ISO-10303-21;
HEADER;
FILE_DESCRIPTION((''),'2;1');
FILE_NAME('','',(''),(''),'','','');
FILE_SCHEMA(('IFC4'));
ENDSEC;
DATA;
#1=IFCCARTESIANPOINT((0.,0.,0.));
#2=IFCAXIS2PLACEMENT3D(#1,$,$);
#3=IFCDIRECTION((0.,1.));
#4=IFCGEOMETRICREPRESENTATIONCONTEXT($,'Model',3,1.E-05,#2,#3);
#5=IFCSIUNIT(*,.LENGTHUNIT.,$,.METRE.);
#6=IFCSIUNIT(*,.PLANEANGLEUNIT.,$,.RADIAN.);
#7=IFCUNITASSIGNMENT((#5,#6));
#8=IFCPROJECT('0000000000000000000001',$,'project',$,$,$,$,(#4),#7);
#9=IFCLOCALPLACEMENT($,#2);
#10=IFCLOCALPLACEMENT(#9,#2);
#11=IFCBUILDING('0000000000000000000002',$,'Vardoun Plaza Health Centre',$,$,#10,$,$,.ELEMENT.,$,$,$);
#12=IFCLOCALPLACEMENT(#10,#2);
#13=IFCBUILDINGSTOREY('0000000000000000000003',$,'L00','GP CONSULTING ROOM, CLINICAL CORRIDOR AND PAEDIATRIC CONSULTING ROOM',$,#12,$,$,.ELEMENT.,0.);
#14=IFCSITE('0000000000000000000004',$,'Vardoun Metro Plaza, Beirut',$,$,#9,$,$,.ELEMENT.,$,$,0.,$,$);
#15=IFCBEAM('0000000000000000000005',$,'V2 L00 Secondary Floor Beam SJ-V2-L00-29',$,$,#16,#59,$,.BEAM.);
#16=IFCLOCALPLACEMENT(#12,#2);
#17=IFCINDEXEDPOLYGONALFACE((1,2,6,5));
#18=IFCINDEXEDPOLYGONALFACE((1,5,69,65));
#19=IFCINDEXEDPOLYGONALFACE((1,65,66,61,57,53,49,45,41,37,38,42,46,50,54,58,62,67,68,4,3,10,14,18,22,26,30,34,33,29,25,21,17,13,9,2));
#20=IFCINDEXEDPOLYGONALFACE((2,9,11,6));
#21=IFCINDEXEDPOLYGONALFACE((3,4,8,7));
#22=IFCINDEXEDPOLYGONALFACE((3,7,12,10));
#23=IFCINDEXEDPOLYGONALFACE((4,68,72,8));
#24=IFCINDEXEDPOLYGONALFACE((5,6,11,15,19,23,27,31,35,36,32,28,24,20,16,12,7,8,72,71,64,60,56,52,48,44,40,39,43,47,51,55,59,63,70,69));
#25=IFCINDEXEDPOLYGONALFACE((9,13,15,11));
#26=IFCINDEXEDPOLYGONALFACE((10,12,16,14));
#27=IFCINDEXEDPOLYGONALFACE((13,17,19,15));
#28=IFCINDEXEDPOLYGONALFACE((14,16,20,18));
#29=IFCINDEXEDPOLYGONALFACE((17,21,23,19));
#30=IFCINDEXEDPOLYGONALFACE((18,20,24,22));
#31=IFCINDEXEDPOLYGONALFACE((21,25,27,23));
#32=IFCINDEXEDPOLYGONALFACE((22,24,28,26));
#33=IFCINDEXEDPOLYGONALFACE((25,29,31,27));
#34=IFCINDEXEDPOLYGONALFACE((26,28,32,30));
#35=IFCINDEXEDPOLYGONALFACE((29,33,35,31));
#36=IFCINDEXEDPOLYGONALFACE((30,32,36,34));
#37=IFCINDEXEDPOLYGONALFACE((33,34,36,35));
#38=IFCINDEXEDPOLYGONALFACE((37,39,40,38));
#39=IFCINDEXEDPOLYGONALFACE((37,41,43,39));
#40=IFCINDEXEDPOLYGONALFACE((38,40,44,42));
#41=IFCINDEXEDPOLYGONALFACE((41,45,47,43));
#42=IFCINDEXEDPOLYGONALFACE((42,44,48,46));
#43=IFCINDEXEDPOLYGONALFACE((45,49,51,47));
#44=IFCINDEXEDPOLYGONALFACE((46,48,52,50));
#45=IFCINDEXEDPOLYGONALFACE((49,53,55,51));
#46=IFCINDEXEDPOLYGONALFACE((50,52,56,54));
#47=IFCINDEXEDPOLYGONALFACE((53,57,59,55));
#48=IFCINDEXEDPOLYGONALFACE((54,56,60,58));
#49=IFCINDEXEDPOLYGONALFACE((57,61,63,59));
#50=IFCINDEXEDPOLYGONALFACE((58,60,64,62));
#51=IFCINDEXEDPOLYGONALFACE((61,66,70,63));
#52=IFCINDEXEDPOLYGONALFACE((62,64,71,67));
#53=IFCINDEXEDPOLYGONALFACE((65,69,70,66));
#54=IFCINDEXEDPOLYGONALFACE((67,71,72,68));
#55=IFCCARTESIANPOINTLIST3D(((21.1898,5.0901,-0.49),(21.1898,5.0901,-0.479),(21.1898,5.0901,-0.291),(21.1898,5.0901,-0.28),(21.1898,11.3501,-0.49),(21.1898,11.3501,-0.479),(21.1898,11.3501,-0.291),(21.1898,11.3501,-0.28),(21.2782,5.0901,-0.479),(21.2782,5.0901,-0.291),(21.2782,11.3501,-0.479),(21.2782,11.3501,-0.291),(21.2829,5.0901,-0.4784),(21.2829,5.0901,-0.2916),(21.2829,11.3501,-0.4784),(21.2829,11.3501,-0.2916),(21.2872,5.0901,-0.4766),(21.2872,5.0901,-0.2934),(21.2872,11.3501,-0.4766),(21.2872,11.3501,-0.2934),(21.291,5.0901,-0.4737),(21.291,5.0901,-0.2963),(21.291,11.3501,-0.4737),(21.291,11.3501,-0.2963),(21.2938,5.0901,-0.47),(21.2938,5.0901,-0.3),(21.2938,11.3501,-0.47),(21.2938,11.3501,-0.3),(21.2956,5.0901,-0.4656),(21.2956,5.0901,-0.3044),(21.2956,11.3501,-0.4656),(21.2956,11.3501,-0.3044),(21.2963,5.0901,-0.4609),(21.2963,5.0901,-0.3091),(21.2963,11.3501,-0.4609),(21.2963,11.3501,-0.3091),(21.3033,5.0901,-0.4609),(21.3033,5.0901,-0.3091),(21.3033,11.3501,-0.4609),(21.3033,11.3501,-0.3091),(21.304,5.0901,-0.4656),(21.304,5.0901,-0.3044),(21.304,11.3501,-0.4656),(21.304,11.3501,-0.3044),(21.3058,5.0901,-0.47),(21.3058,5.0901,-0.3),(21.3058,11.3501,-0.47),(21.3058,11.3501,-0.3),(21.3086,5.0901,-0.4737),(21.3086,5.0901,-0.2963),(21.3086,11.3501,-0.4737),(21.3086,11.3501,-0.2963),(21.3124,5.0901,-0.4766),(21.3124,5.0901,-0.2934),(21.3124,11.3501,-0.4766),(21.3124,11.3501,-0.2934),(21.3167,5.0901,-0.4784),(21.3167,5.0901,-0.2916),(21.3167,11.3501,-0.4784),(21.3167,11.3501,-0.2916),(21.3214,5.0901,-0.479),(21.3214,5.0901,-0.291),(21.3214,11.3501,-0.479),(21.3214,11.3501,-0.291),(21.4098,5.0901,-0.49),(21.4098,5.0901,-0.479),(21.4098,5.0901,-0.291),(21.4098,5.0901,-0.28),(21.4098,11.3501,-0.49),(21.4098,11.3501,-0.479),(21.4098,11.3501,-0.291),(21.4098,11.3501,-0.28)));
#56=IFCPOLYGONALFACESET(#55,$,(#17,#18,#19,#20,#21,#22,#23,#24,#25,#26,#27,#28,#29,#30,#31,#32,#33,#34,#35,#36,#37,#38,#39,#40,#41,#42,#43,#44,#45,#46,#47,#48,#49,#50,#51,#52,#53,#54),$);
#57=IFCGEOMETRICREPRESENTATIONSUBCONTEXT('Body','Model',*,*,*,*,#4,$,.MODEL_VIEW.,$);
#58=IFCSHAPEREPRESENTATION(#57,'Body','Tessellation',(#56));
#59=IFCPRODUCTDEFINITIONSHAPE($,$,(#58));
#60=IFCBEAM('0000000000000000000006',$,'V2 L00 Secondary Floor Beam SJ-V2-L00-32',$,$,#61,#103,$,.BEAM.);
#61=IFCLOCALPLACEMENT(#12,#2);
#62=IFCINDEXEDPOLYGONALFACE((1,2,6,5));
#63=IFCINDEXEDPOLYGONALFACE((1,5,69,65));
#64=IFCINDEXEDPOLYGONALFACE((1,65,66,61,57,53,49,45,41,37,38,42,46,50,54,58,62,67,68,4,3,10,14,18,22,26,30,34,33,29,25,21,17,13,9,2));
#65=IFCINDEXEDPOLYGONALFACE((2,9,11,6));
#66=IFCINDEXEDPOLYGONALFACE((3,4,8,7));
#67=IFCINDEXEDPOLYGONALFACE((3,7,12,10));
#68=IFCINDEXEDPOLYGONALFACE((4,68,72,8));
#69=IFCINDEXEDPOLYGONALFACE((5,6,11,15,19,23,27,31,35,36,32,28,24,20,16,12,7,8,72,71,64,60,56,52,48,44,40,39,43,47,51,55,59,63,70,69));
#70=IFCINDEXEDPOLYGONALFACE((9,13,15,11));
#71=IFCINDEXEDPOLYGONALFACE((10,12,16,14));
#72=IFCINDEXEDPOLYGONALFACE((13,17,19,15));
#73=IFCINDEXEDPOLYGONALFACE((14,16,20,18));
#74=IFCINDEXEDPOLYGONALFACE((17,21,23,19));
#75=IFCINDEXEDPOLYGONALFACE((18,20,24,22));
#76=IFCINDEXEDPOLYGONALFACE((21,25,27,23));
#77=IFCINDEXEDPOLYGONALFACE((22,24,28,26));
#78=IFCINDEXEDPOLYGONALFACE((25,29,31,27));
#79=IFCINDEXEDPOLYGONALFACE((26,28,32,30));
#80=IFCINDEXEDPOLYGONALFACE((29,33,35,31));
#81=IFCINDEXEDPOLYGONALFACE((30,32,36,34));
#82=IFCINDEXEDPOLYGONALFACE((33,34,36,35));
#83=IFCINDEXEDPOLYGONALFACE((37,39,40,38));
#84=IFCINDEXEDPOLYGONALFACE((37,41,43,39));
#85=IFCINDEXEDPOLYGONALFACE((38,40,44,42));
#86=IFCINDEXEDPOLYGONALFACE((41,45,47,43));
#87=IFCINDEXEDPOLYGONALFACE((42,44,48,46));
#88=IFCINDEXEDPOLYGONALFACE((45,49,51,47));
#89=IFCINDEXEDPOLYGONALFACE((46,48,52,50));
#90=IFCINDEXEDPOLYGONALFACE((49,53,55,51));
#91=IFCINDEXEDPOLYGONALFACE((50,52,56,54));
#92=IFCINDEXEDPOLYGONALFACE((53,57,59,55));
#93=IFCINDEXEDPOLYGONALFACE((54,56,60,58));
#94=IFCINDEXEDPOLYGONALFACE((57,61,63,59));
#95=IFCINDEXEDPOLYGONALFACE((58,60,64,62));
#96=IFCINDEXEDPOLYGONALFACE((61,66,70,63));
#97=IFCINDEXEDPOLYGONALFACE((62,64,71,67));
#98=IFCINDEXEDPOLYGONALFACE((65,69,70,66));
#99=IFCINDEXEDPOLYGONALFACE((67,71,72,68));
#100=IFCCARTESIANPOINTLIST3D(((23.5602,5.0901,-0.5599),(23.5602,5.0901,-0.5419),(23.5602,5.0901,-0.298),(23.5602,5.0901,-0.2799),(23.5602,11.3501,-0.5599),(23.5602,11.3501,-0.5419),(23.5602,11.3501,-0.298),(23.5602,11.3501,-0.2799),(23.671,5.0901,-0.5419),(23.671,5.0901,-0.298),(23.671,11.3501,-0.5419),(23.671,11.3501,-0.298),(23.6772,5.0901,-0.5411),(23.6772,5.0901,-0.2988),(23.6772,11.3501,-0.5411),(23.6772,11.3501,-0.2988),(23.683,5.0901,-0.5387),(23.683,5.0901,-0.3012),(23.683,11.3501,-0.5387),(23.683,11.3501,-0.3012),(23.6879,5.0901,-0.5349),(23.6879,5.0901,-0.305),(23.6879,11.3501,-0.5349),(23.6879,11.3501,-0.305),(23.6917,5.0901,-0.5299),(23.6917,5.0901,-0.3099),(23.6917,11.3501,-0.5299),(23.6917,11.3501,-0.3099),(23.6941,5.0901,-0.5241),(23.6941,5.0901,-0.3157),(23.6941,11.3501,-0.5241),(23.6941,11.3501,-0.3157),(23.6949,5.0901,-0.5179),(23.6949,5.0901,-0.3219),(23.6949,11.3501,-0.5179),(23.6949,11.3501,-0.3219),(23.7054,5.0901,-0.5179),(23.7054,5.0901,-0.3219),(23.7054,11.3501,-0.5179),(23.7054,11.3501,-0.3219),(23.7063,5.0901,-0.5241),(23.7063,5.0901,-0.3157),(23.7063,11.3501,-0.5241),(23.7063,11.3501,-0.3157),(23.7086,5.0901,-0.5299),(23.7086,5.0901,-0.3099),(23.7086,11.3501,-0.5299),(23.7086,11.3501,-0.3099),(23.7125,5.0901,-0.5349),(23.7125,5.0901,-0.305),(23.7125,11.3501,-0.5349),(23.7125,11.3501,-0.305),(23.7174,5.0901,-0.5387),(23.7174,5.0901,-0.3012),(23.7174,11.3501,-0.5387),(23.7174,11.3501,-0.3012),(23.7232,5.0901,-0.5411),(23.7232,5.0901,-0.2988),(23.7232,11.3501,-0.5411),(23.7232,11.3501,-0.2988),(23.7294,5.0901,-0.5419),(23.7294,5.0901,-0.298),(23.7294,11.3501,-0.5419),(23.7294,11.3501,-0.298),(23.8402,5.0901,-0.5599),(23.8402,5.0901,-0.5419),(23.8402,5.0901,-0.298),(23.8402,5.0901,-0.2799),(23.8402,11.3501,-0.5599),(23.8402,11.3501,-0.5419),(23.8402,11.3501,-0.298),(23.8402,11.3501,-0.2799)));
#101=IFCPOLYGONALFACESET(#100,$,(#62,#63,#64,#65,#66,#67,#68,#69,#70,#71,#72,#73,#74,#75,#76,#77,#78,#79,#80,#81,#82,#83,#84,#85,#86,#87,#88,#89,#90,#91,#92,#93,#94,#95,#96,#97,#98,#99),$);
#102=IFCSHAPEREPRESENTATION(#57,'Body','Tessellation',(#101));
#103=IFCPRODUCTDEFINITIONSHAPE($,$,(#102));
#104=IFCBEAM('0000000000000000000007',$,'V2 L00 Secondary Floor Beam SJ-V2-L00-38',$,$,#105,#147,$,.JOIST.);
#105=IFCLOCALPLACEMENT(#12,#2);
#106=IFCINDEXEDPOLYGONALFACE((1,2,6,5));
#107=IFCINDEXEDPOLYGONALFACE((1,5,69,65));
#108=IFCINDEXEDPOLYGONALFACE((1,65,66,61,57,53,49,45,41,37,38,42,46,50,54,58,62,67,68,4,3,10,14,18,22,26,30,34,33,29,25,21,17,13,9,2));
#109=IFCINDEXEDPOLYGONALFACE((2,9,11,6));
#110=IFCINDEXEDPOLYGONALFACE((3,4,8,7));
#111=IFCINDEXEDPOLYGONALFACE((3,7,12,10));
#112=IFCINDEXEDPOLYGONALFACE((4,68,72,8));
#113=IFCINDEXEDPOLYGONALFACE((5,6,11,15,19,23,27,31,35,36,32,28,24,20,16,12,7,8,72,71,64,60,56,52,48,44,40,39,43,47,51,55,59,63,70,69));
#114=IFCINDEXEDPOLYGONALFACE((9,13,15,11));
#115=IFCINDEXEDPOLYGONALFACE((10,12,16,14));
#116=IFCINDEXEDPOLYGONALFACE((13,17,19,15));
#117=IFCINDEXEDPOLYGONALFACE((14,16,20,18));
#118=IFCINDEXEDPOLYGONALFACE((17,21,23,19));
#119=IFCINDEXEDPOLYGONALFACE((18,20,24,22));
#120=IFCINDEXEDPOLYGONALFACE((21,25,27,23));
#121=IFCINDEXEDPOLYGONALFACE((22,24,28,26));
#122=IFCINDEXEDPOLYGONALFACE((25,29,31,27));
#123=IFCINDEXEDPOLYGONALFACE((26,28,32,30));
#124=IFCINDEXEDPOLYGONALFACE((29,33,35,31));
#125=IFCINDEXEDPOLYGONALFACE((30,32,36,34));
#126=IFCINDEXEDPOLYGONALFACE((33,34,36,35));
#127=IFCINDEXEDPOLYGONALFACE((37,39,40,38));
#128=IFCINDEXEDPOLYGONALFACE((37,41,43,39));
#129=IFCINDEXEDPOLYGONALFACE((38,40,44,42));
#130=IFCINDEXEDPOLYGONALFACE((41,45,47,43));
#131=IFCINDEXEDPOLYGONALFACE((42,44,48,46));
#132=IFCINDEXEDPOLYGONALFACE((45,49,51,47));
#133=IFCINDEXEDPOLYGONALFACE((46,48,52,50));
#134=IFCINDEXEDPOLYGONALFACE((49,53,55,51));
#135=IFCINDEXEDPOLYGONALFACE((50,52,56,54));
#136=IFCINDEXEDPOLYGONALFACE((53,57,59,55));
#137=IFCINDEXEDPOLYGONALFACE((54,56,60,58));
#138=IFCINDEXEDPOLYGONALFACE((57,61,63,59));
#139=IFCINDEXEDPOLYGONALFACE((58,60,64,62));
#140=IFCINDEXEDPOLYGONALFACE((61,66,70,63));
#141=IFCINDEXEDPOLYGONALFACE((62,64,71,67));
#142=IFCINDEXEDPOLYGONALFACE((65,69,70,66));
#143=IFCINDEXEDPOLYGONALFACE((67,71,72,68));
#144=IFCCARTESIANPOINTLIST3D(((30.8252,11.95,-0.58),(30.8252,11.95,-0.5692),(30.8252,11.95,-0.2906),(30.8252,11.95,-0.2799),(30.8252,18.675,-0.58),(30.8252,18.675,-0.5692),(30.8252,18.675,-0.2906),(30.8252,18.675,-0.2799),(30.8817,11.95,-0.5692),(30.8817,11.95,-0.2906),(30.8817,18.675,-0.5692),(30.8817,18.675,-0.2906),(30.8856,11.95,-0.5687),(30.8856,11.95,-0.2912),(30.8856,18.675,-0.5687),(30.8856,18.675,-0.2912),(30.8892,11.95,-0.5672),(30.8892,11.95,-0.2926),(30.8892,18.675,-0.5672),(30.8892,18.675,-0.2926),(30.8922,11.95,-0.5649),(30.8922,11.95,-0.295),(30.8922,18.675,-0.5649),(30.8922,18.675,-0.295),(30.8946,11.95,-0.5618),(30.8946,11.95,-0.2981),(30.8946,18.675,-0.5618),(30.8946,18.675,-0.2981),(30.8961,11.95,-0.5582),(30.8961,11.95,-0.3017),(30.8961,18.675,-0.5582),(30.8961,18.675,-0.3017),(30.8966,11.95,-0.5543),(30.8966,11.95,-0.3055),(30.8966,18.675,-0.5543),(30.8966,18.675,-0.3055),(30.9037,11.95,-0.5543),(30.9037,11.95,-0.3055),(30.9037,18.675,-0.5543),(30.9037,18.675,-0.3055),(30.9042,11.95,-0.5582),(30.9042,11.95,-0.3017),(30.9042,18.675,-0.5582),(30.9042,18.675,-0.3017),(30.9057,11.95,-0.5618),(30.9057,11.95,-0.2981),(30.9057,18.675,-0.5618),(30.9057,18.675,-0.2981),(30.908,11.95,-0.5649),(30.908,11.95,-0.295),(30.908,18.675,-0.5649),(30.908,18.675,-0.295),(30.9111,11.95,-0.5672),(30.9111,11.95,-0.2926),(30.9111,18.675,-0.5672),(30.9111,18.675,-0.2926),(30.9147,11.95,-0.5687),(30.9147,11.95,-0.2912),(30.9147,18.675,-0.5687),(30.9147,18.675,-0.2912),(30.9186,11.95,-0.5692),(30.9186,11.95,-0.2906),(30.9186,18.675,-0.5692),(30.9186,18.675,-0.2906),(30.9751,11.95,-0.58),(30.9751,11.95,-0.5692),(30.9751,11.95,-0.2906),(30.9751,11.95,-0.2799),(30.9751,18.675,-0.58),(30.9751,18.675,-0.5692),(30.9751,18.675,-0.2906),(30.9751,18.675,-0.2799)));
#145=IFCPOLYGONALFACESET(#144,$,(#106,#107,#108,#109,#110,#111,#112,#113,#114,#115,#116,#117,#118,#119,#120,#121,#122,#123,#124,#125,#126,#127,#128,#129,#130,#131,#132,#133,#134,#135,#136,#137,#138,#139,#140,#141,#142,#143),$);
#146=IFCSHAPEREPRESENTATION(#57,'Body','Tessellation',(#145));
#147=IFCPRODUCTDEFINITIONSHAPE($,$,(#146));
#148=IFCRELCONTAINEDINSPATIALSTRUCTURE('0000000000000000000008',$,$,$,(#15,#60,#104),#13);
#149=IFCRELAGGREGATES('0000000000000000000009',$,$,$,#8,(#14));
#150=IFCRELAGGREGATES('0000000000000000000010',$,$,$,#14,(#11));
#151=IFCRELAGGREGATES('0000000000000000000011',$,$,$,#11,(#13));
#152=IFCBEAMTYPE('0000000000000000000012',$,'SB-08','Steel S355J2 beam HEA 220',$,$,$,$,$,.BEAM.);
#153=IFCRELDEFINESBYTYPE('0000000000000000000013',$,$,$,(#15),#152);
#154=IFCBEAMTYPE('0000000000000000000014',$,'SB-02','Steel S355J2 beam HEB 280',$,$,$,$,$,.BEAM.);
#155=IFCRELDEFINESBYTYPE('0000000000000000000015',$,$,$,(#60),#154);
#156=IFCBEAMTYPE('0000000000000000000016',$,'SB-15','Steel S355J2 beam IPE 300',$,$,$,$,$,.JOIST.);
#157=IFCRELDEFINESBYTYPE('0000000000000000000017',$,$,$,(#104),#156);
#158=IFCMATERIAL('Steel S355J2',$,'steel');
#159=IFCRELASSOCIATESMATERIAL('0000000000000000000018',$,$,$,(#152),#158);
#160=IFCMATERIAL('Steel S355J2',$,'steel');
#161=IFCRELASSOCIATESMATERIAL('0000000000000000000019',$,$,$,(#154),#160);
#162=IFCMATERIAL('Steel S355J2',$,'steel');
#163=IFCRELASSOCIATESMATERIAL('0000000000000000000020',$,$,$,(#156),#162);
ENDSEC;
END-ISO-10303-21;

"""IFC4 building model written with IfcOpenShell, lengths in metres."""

from ifc_helpers import new_model, si_unit, direction, frame, origin, origin_2d, place, context, subcontext, project, spatial, i_section, extrude, material, material_profile, profile_set, type_object, element, save


model = new_model("IFC4")

# Units and contexts
model_context = context("Model", 3, precision=1e-05, world=origin(), true_north=direction((0.0, 1.0)))
body_context = subcontext(model_context, "Body", "Model", "MODEL_VIEW")
ifc_project = project(units=[si_unit("LENGTHUNIT", "METRE"), si_unit("PLANEANGLEUNIT", "RADIAN")], contexts=[model_context])

# Site, building, storey
site_placement = place(None, origin())
site = spatial("IfcSite", under=ifc_project, at=site_placement, Name="Vardoun Metro Plaza, Beirut", CompositionType="ELEMENT", RefElevation=0.0)
building_placement = place(site_placement, origin())
building = spatial("IfcBuilding", under=site, at=building_placement, Name="Vardoun Plaza Health Centre", CompositionType="ELEMENT")
storey_placement = place(building_placement, origin())
storey = spatial("IfcBuildingStorey", under=building, at=storey_placement, Name="L00", Description="GP CONSULTING ROOM, CLINICAL CORRIDOR AND PAEDIATRIC CONSULTING ROOM", CompositionType="ELEMENT", Elevation=0.0)

# Beams
ifc_material_1 = material(Name="Steel S355J2", Category="steel")
ifc_material_profile_1 = material_profile(ifc_material_1, i_section(OverallWidth=0.22, OverallDepth=0.21, WebThickness=0.0071, FlangeThickness=0.011, FilletRadius=0.0181, at=origin_2d()), Name="HEA 220")
ifc_profile_set_1 = profile_set([ifc_material_profile_1], Name="Steel S355J2")
beam_type_1 = type_object("IfcBeamType", Name="SB-08", Description="Steel S355J2 beam HEA 220", PredefinedType="BEAM", material=ifc_profile_set_1)
beam_1_placement = place(storey_placement, frame((21.2998, 5.0901, -0.385), z_axis=(0.0, 1.0, 0.0), x_axis=(-1.0, 0.0, 0.0)))
element("IfcBeam", 1, at=beam_1_placement, inside=storey, type_object=beam_type_1, Name="V2 L00 Secondary Floor Beam SJ-V2-L00-29", PredefinedType="BEAM", context=body_context, shape_type="SweptSolid", body=[
    extrude(i_section(OverallWidth=0.22, OverallDepth=0.21, WebThickness=0.0071, FlangeThickness=0.011, FilletRadius=0.0181, at=origin_2d()), origin(), (0.0, 0.0, 1.0), 6.26),
])
ifc_material_2 = material(Name="Steel S355J2", Category="steel")
ifc_material_profile_2 = material_profile(ifc_material_2, i_section(OverallWidth=0.28, OverallDepth=0.28, WebThickness=0.0105, FlangeThickness=0.0181, FilletRadius=0.0239, at=origin_2d()), Name="HEB 280")
ifc_profile_set_2 = profile_set([ifc_material_profile_2], Name="Steel S355J2")
beam_type_2 = type_object("IfcBeamType", Name="SB-02", Description="Steel S355J2 beam HEB 280", PredefinedType="BEAM", material=ifc_profile_set_2)
beam_2_placement = place(storey_placement, frame((23.7002, 5.0901, -0.4199), z_axis=(0.0, 1.0, 0.0), x_axis=(-1.0, 0.0, 0.0)))
element("IfcBeam", 2, at=beam_2_placement, inside=storey, type_object=beam_type_2, Name="V2 L00 Secondary Floor Beam SJ-V2-L00-32", PredefinedType="BEAM", context=body_context, shape_type="SweptSolid", body=[
    extrude(i_section(OverallWidth=0.28, OverallDepth=0.28, WebThickness=0.0105, FlangeThickness=0.0181, FilletRadius=0.0239, at=origin_2d()), origin(), (0.0, 0.0, 1.0), 6.26),
])
ifc_material_3 = material(Name="Steel S355J2", Category="steel")
ifc_material_profile_3 = material_profile(ifc_material_3, i_section(OverallWidth=0.1499, OverallDepth=0.3, WebThickness=0.0071, FlangeThickness=0.0107, FilletRadius=0.0149, at=origin_2d()), Name="IPE 300")
ifc_profile_set_3 = profile_set([ifc_material_profile_3], Name="Steel S355J2")
beam_type_3 = type_object("IfcBeamType", Name="SB-15", Description="Steel S355J2 beam IPE 300", PredefinedType="JOIST", material=ifc_profile_set_3)
beam_3_placement = place(storey_placement, frame((30.9001, 11.95, -0.4299), z_axis=(0.0, 1.0, 0.0), x_axis=(-1.0, 0.0, 0.0)))
element("IfcBeam", 3, at=beam_3_placement, inside=storey, type_object=beam_type_3, Name="V2 L00 Secondary Floor Beam SJ-V2-L00-38", PredefinedType="JOIST", context=body_context, shape_type="SweptSolid", body=[
    extrude(i_section(OverallWidth=0.1499, OverallDepth=0.3, WebThickness=0.0071, FlangeThickness=0.0107, FilletRadius=0.0149, at=origin_2d()), origin(), (0.0, 0.0, 1.0), 6.7251),
])

save(model, "model.ifc")
